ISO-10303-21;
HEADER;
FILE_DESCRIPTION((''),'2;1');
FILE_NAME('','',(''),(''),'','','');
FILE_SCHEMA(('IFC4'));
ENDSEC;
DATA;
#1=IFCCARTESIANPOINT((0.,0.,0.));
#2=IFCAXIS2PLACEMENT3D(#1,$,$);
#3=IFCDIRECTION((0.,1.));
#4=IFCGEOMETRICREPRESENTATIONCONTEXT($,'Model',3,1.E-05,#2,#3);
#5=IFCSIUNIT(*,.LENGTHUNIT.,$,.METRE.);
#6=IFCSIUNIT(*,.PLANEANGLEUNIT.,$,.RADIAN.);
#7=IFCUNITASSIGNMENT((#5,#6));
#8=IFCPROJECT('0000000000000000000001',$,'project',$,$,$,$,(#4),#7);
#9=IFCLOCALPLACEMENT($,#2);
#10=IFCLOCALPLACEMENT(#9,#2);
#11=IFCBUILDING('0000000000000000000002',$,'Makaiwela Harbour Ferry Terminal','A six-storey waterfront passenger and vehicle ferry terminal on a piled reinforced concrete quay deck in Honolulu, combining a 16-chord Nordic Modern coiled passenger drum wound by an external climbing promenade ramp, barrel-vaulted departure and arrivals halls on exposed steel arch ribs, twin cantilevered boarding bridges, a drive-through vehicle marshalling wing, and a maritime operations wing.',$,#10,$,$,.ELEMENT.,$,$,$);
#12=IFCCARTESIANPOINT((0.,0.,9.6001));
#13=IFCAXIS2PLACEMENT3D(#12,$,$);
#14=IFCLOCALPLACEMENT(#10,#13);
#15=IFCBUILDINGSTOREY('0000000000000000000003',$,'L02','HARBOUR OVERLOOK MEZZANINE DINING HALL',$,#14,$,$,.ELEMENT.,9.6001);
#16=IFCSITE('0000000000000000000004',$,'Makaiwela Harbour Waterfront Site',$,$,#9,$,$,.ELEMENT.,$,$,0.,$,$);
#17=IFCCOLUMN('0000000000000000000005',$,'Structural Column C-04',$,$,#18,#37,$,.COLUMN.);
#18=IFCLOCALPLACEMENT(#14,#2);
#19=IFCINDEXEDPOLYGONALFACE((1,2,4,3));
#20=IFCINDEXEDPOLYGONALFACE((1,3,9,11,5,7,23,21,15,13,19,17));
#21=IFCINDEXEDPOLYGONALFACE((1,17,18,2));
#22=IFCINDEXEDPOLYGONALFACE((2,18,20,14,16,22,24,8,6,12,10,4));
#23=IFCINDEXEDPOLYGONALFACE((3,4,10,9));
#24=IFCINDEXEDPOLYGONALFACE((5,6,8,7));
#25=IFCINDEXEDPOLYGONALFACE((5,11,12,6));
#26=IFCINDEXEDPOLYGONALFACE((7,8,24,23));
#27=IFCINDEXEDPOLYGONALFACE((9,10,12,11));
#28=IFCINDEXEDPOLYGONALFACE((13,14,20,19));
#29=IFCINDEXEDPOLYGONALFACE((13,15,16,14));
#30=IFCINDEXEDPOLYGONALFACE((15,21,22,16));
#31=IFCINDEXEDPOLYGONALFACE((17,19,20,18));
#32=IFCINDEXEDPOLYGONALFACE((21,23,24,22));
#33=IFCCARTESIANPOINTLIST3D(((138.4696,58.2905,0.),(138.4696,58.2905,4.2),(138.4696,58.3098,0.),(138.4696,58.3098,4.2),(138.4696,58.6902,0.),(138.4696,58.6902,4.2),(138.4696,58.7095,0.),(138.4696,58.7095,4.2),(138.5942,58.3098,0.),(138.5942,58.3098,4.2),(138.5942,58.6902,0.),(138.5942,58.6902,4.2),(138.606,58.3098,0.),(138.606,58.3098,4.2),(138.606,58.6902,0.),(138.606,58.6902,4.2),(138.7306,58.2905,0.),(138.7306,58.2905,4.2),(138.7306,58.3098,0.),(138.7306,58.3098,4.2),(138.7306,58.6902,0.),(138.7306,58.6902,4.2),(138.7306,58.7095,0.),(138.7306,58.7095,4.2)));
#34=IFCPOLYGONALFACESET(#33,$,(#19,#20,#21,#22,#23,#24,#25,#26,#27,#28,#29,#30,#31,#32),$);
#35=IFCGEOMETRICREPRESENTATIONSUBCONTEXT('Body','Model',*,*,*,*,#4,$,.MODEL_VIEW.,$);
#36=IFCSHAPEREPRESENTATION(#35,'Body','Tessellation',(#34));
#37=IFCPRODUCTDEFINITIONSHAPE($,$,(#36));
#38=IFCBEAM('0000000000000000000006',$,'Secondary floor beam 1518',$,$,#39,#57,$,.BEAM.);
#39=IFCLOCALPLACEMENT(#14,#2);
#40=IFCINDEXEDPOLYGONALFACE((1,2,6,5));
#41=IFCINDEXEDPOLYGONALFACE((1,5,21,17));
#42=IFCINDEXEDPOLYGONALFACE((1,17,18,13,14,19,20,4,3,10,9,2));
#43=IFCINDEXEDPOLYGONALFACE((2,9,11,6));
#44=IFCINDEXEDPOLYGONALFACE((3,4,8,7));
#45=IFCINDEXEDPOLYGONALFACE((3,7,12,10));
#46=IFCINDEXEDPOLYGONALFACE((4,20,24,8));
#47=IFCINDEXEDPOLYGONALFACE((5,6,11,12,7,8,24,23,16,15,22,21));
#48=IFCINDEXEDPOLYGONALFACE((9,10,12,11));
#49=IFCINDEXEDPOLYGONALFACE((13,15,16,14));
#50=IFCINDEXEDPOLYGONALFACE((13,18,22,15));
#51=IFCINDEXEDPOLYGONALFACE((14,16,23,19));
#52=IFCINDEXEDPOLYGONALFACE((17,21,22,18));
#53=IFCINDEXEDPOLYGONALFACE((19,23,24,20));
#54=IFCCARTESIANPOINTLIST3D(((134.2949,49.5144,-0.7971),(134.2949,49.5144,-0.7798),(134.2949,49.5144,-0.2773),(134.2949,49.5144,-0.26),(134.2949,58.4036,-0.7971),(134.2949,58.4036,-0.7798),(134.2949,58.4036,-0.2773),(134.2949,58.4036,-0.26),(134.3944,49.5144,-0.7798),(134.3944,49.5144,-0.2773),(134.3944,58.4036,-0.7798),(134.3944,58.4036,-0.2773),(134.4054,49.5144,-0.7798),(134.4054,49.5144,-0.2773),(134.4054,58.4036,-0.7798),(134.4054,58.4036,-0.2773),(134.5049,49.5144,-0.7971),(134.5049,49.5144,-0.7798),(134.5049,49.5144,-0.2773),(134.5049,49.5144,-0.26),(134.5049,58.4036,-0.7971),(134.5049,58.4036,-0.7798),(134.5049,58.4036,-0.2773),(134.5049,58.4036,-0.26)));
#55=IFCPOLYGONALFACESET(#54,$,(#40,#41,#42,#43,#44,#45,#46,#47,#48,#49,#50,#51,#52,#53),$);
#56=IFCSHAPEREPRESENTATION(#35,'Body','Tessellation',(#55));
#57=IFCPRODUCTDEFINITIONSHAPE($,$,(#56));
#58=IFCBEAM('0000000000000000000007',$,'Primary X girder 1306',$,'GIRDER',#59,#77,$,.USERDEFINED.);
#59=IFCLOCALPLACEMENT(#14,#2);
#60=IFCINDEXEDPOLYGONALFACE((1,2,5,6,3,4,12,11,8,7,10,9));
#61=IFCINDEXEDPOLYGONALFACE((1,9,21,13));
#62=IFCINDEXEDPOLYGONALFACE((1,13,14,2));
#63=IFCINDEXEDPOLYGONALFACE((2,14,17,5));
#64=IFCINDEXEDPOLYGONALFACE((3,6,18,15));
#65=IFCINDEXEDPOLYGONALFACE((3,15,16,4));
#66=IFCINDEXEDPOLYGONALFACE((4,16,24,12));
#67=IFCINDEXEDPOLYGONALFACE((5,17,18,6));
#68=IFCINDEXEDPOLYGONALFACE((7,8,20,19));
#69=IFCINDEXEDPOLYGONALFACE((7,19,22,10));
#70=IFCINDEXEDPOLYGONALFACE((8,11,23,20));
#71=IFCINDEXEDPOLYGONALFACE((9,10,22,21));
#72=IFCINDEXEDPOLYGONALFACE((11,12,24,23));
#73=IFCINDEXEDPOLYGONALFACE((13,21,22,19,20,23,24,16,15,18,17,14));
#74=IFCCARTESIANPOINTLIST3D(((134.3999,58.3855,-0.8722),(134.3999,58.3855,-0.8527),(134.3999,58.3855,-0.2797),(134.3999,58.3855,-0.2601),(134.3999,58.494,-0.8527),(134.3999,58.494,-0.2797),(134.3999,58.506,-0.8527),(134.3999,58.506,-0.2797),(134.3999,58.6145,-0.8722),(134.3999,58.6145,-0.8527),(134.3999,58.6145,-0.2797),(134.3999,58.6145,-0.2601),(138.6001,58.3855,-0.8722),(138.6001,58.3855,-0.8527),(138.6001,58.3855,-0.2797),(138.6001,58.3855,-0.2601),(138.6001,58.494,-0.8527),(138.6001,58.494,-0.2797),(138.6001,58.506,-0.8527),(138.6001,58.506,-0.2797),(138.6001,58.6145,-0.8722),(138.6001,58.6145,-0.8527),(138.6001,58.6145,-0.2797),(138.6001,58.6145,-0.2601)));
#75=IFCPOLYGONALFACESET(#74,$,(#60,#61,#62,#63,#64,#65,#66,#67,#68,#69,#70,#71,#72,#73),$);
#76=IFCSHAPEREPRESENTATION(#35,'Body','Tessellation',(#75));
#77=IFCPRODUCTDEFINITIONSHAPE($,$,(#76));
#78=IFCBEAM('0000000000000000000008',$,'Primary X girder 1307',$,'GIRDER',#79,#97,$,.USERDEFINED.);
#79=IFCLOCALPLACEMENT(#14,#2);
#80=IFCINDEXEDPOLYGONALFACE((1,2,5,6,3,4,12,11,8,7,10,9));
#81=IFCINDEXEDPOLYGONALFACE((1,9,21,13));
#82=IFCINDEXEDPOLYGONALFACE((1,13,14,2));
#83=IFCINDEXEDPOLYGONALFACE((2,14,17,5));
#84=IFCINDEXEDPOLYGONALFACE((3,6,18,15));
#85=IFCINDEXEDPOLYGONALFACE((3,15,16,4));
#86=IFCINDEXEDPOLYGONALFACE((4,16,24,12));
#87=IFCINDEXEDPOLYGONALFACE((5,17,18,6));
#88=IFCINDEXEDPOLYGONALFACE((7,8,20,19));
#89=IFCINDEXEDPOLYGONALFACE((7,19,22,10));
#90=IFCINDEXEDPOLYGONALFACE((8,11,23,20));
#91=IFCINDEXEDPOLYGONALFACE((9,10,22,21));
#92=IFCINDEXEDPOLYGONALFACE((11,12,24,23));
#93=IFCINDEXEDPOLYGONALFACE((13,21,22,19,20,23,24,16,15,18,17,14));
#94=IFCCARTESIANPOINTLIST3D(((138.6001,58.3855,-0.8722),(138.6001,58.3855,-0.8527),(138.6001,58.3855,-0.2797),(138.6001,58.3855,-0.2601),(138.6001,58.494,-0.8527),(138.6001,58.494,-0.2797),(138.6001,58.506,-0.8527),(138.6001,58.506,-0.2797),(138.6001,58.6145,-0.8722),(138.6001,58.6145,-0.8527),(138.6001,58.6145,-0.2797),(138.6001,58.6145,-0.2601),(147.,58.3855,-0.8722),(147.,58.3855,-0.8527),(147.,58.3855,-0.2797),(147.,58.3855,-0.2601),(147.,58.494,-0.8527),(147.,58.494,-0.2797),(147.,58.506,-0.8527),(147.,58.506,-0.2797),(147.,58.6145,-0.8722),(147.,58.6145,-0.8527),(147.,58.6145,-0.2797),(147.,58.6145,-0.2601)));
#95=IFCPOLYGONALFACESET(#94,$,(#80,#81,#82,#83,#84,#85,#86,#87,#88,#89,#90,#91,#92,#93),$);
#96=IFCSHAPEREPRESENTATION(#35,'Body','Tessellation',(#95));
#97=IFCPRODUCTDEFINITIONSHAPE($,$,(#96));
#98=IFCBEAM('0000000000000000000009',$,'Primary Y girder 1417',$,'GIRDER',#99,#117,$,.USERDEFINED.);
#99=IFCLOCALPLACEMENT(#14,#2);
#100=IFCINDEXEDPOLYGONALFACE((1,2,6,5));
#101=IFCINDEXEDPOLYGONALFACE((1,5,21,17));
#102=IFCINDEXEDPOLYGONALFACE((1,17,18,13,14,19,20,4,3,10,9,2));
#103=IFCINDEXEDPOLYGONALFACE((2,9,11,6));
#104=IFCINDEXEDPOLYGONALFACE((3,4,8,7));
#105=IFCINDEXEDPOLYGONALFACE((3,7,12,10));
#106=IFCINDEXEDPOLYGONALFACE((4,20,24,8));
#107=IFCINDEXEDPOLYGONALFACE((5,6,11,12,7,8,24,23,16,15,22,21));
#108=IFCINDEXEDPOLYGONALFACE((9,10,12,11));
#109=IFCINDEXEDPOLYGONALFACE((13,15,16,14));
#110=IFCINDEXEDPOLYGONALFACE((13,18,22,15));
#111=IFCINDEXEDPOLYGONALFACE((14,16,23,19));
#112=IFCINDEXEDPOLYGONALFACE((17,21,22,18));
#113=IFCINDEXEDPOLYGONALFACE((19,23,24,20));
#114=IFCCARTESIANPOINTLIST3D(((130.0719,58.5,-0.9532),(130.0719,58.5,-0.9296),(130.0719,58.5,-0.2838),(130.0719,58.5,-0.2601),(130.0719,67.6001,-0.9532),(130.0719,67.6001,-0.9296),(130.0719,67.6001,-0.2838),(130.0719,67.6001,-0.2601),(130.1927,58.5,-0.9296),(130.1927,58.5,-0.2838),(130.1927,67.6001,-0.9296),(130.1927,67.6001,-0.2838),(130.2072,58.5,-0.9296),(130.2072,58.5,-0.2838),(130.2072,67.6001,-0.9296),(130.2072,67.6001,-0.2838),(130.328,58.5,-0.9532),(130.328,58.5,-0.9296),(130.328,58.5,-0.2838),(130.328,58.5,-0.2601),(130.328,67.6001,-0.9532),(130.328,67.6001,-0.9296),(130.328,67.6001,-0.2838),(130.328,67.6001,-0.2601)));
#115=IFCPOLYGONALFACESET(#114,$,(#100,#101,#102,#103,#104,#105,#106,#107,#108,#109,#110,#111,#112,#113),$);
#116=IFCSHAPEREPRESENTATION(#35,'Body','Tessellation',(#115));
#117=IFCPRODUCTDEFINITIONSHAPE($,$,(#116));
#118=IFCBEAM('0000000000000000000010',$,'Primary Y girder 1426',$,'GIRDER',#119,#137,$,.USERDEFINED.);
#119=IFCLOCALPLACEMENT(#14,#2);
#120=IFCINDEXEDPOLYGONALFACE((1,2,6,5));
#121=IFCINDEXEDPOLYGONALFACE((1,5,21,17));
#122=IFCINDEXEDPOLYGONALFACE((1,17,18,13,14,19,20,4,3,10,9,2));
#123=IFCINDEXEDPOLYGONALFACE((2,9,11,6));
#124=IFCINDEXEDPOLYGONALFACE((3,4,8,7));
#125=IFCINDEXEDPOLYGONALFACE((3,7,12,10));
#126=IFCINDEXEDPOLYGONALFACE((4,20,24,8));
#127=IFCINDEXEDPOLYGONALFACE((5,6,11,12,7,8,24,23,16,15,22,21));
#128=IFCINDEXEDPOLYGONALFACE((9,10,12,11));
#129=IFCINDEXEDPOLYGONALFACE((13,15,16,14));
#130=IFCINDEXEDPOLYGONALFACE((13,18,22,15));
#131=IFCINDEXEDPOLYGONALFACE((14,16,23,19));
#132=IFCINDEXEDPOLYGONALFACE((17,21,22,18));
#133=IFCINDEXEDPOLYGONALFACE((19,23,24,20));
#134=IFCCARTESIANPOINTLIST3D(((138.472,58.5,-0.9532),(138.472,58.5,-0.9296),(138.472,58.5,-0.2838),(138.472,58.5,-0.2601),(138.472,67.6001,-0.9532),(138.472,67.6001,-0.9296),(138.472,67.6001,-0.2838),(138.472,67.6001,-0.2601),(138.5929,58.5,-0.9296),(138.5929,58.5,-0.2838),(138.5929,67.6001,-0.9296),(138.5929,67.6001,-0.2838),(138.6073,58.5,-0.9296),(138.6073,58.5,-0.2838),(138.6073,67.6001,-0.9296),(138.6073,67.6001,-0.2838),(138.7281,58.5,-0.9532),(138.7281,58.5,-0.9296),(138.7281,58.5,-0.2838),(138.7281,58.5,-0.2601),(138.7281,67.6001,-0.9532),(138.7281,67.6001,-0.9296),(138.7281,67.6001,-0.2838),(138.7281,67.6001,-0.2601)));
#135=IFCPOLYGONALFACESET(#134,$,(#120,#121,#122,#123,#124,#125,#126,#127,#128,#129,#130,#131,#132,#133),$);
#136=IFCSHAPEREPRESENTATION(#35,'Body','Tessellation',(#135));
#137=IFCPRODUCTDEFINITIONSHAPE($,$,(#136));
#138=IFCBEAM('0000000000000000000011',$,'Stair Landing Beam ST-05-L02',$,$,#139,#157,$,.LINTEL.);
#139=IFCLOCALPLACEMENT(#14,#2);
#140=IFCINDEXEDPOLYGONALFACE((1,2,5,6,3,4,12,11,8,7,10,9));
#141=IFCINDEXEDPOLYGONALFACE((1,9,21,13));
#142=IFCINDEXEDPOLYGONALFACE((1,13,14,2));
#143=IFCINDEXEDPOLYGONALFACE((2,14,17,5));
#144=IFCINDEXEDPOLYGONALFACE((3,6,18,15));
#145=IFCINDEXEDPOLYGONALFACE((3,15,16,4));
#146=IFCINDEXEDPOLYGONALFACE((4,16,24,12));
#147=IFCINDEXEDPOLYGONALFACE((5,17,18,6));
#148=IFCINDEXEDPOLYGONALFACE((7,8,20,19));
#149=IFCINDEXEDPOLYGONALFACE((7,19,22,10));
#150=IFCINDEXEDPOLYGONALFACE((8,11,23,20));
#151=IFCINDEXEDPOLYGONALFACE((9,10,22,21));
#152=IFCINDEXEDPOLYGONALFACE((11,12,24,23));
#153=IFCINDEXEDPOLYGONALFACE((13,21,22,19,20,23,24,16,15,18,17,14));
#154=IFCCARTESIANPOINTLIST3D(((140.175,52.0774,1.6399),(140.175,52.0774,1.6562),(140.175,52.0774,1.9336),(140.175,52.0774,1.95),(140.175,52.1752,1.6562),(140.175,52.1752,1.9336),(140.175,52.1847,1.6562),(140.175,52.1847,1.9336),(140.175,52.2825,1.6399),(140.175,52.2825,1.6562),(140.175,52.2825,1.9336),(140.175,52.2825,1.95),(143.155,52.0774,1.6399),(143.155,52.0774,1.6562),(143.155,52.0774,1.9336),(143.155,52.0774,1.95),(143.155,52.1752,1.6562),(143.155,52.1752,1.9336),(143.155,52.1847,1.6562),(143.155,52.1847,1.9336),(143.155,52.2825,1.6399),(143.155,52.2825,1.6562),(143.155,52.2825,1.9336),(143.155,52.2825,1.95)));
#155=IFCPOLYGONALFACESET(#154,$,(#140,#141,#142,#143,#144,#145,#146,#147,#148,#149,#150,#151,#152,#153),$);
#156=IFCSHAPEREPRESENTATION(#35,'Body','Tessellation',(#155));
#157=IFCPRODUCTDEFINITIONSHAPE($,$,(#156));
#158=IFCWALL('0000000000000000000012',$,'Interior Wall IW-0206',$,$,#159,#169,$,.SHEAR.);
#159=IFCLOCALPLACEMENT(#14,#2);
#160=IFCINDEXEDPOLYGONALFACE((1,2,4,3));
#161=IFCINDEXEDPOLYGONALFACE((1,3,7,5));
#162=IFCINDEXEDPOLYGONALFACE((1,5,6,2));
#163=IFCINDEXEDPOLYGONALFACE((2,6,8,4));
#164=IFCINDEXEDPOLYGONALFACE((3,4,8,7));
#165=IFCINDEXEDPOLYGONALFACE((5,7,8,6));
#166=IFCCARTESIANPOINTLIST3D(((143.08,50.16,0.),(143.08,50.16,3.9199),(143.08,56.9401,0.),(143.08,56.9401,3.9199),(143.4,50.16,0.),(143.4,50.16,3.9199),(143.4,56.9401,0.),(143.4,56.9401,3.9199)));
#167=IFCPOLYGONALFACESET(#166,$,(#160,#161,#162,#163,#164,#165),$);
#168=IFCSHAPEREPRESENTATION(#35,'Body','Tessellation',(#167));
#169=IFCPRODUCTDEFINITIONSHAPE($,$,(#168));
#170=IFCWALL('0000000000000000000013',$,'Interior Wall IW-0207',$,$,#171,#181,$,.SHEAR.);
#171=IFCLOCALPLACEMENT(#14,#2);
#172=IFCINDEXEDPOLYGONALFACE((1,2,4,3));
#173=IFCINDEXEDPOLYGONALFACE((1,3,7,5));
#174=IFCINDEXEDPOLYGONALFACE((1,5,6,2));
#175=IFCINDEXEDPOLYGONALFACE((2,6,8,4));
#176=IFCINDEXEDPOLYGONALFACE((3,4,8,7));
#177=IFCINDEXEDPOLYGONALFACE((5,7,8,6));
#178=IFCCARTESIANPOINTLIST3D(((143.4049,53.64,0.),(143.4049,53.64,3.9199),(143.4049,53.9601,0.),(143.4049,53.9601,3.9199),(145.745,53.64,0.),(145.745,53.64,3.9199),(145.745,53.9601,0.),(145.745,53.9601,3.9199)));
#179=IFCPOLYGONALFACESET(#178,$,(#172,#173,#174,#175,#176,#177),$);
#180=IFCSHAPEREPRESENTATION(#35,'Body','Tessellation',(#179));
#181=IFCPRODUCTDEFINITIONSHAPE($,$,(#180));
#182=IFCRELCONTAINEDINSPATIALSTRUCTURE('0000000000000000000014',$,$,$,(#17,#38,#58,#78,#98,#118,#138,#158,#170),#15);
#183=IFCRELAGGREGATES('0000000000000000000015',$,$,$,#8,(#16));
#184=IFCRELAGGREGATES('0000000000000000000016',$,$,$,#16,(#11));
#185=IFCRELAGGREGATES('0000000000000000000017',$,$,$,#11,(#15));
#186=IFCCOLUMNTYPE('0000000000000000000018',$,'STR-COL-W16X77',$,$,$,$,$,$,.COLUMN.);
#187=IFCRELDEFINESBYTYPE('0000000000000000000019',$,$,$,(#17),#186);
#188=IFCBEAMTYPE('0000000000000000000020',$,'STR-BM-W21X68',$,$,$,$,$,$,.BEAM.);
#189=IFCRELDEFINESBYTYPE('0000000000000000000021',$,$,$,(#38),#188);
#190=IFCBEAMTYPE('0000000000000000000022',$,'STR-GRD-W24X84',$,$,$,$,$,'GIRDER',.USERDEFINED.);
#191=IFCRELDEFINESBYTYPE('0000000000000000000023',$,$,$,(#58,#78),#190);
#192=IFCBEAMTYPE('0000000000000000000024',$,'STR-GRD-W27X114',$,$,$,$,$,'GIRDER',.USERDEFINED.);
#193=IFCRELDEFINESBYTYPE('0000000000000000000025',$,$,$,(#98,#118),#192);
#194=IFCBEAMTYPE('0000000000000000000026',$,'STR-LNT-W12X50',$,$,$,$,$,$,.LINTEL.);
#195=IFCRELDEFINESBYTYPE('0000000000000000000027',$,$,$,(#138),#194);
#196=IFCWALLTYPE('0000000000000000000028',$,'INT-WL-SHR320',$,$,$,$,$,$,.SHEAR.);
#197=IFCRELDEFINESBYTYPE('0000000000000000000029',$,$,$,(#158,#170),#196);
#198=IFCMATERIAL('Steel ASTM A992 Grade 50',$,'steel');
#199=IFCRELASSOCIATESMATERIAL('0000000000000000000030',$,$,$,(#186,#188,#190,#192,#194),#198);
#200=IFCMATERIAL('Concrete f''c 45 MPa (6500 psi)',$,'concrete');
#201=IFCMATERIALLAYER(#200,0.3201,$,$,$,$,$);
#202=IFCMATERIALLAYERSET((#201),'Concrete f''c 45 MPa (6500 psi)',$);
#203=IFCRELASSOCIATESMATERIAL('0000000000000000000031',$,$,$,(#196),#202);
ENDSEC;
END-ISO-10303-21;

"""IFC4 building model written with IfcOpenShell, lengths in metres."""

from ifc_helpers import new_model, si_unit, direction, frame, frame_2d, origin, origin_2d, place, context, subcontext, project, spatial, rectangle, i_section, extrude, material, layer, layer_set, material_profile, profile_set, type_object, element, save


model = new_model("IFC4")

# Units and contexts
model_context = context("Model", 3, precision=1e-05, world=origin(), true_north=direction((0.0, 1.0)))
body_context = subcontext(model_context, "Body", "Model", "MODEL_VIEW")
ifc_project = project(units=[si_unit("LENGTHUNIT", "METRE"), si_unit("PLANEANGLEUNIT", "RADIAN")], contexts=[model_context])

# Site, building, storey
site_placement = place(None, origin())
site = spatial("IfcSite", under=ifc_project, at=site_placement, Name="Makaiwela Harbour Waterfront Site", CompositionType="ELEMENT", RefElevation=0.0)
building_placement = place(site_placement, origin())
building = spatial("IfcBuilding", under=site, at=building_placement, Name="Makaiwela Harbour Ferry Terminal", Description="A six-storey waterfront passenger and vehicle ferry terminal on a piled reinforced concrete quay deck in Honolulu, combining a 16-chord Nordic Modern coiled passenger drum wound by an external climbing promenade ramp, barrel-vaulted departure and arrivals halls on exposed steel arch ribs, twin cantilevered boarding bridges, a drive-through vehicle marshalling wing, and a maritime operations wing.", CompositionType="ELEMENT")
storey_placement = place(building_placement, frame((0.0, 0.0, 9.6001)))
storey = spatial("IfcBuildingStorey", under=building, at=storey_placement, Name="L02", Description="HARBOUR OVERLOOK MEZZANINE DINING HALL", CompositionType="ELEMENT", Elevation=9.6001)

# Column
ifc_material_1 = material(Name="Steel ASTM A992 Grade 50", Category="steel")
ifc_material_profile_1 = material_profile(ifc_material_1, i_section(OverallWidth=0.261, OverallDepth=0.4189, WebThickness=0.0117, FlangeThickness=0.0193, at=origin_2d()), Name="W16X77")
ifc_profile_set_1 = profile_set([ifc_material_profile_1], Name="Steel ASTM A992 Grade 50")
column_type = type_object("IfcColumnType", Name="STR-COL-W16X77", PredefinedType="COLUMN", material=ifc_profile_set_1)
column_placement = place(storey_placement, frame((138.6001, 58.5, 0.0), z_axis=(0.0, 0.0, 1.0), x_axis=(1.0, 0.0, 0.0)))
element("IfcColumn", 1, at=column_placement, inside=storey, type_object=column_type, Name="Structural Column C-04", PredefinedType="COLUMN", context=body_context, shape_type="SweptSolid", body=[
    extrude(i_section(OverallWidth=0.261, OverallDepth=0.4189, WebThickness=0.0117, FlangeThickness=0.0193, at=origin_2d()), origin(), (0.0, 0.0, 1.0), 4.2),
])

# Beams
ifc_material_profile_2 = material_profile(ifc_material_1, i_section(OverallWidth=0.21, OverallDepth=0.5371, WebThickness=0.011, FlangeThickness=0.0173, at=origin_2d()), Name="W21X68")
ifc_profile_set_2 = profile_set([ifc_material_profile_2], Name="Steel ASTM A992 Grade 50")
beam_type_1 = type_object("IfcBeamType", Name="STR-BM-W21X68", PredefinedType="BEAM", material=ifc_profile_set_2)
beam_1_placement = place(storey_placement, frame((134.3999, 49.5144, -0.5286), z_axis=(0.0, 1.0, 0.0), x_axis=(-1.0, 0.0, 0.0)))
element("IfcBeam", 2, at=beam_1_placement, inside=storey, type_object=beam_type_1, Name="Secondary floor beam 1518", PredefinedType="BEAM", context=body_context, shape_type="SweptSolid", body=[
    extrude(i_section(OverallWidth=0.21, OverallDepth=0.5371, WebThickness=0.011, FlangeThickness=0.0173, at=origin_2d()), origin(), (0.0, 0.0, 1.0), 8.8892),
])
ifc_material_profile_3 = material_profile(ifc_material_1, i_section(OverallWidth=0.229, OverallDepth=0.6121, WebThickness=0.012, FlangeThickness=0.0195, at=origin_2d()), Name="W24X84")
ifc_profile_set_3 = profile_set([ifc_material_profile_3], Name="Steel ASTM A992 Grade 50")
beam_type_2 = type_object("IfcBeamType", Name="STR-GRD-W24X84", ElementType="GIRDER", PredefinedType="USERDEFINED", material=ifc_profile_set_3)
beam_2_placement = place(storey_placement, frame((134.3999, 58.5, -0.5662), z_axis=(1.0, 0.0, 0.0), x_axis=(0.0, 1.0, 0.0)))
element("IfcBeam", 3, at=beam_2_placement, inside=storey, type_object=beam_type_2, Name="Primary X girder 1306", ObjectType="GIRDER", PredefinedType="USERDEFINED", context=body_context, shape_type="SweptSolid", body=[
    extrude(i_section(OverallWidth=0.229, OverallDepth=0.6121, WebThickness=0.012, FlangeThickness=0.0195, at=origin_2d()), origin(), (0.0, 0.0, 1.0), 4.2002),
])
beam_3_placement = place(storey_placement, frame((138.6001, 58.5, -0.5662), z_axis=(1.0, 0.0, 0.0), x_axis=(0.0, 1.0, 0.0)))
element("IfcBeam", 4, at=beam_3_placement, inside=storey, type_object=beam_type_2, Name="Primary X girder 1307", ObjectType="GIRDER", PredefinedType="USERDEFINED", context=body_context, shape_type="SweptSolid", body=[
    extrude(i_section(OverallWidth=0.229, OverallDepth=0.6121, WebThickness=0.012, FlangeThickness=0.0195, at=origin_2d()), origin(), (0.0, 0.0, 1.0), 8.3999),
])
ifc_material_profile_4 = material_profile(ifc_material_1, i_section(OverallWidth=0.2561, OverallDepth=0.6931, WebThickness=0.0144, FlangeThickness=0.0237, at=origin_2d()), Name="W27X114")
ifc_profile_set_4 = profile_set([ifc_material_profile_4], Name="Steel ASTM A992 Grade 50")
beam_type_3 = type_object("IfcBeamType", Name="STR-GRD-W27X114", ElementType="GIRDER", PredefinedType="USERDEFINED", material=ifc_profile_set_4)
for number, where, z_axis, x_axis, name in (
    (5, (130.2, 58.5, -0.6067), (0.0, 1.0, 0.0), (-1.0, 0.0, 0.0), "Primary Y girder 1417"),
    (6, (138.6001, 58.5, -0.6067), (0.0, 1.0, 0.0), (-1.0, 0.0, 0.0), "Primary Y girder 1426"),
):
    element("IfcBeam", number, at=place(storey_placement, frame(where, z_axis=z_axis, x_axis=x_axis)), inside=storey, type_object=beam_type_3, Name=name, ObjectType="GIRDER", PredefinedType="USERDEFINED", context=body_context, shape_type="SweptSolid", body=[
        extrude(i_section(OverallWidth=0.2561, OverallDepth=0.6931, WebThickness=0.0144, FlangeThickness=0.0237, at=origin_2d()), origin(), (0.0, 0.0, 1.0), 9.1001),
    ])
ifc_material_profile_5 = material_profile(ifc_material_1, i_section(OverallWidth=0.2051, OverallDepth=0.3101, WebThickness=0.0095, FlangeThickness=0.0164, at=origin_2d()), Name="W12X50")
ifc_profile_set_5 = profile_set([ifc_material_profile_5], Name="Steel ASTM A992 Grade 50")
beam_type_4 = type_object("IfcBeamType", Name="STR-LNT-W12X50", PredefinedType="LINTEL", material=ifc_profile_set_5)
beam_4_placement = place(storey_placement, frame((140.175, 52.1799, 1.7949), z_axis=(1.0, 0.0, 0.0), x_axis=(0.0, 1.0, 0.0)))
element("IfcBeam", 7, at=beam_4_placement, inside=storey, type_object=beam_type_4, Name="Stair Landing Beam ST-05-L02", PredefinedType="LINTEL", context=body_context, shape_type="SweptSolid", body=[
    extrude(i_section(OverallWidth=0.2051, OverallDepth=0.3101, WebThickness=0.0095, FlangeThickness=0.0164, at=origin_2d()), origin(), (0.0, 0.0, 1.0), 2.98),
])

# Walls
ifc_material_2 = material(Name="Concrete f'c 45 MPa (6500 psi)", Category="concrete")
ifc_layer_1 = layer(ifc_material_2, 0.3201)
ifc_layer_set_1 = layer_set([ifc_layer_1], Name="Concrete f'c 45 MPa (6500 psi)")
wall_type_1 = type_object("IfcWallType", Name="INT-WL-SHR320", PredefinedType="SHEAR", material=ifc_layer_set_1)
wall_1_placement = place(storey_placement, frame((143.24, 50.1599, 0.0), z_axis=(0.0, 0.0, 1.0), x_axis=(0.0, 1.0, 0.0)))
element("IfcWall", 8, at=wall_1_placement, inside=storey, type_object=wall_type_1, Name="Interior Wall IW-0206", PredefinedType="SHEAR", context=body_context, shape_type="SweptSolid", body=[
    extrude(rectangle(XDim=6.78, YDim=0.3201, at=frame_2d((3.3901, 0.0))), origin(), (0.0, 0.0, 1.0), 3.9199),
])
wall_2_placement = place(storey_placement, frame((143.405, 53.8, 0.0), z_axis=(0.0, 0.0, 1.0), x_axis=(1.0, 0.0, 0.0)))
element("IfcWall", 9, at=wall_2_placement, inside=storey, type_object=wall_type_1, Name="Interior Wall IW-0207", PredefinedType="SHEAR", context=body_context, shape_type="SweptSolid", body=[
    extrude(rectangle(XDim=2.3401, YDim=0.3201, at=frame_2d((1.1699, 0.0))), origin(), (0.0, 0.0, 1.0), 3.9199),
])

save(model, "model.ifc")
